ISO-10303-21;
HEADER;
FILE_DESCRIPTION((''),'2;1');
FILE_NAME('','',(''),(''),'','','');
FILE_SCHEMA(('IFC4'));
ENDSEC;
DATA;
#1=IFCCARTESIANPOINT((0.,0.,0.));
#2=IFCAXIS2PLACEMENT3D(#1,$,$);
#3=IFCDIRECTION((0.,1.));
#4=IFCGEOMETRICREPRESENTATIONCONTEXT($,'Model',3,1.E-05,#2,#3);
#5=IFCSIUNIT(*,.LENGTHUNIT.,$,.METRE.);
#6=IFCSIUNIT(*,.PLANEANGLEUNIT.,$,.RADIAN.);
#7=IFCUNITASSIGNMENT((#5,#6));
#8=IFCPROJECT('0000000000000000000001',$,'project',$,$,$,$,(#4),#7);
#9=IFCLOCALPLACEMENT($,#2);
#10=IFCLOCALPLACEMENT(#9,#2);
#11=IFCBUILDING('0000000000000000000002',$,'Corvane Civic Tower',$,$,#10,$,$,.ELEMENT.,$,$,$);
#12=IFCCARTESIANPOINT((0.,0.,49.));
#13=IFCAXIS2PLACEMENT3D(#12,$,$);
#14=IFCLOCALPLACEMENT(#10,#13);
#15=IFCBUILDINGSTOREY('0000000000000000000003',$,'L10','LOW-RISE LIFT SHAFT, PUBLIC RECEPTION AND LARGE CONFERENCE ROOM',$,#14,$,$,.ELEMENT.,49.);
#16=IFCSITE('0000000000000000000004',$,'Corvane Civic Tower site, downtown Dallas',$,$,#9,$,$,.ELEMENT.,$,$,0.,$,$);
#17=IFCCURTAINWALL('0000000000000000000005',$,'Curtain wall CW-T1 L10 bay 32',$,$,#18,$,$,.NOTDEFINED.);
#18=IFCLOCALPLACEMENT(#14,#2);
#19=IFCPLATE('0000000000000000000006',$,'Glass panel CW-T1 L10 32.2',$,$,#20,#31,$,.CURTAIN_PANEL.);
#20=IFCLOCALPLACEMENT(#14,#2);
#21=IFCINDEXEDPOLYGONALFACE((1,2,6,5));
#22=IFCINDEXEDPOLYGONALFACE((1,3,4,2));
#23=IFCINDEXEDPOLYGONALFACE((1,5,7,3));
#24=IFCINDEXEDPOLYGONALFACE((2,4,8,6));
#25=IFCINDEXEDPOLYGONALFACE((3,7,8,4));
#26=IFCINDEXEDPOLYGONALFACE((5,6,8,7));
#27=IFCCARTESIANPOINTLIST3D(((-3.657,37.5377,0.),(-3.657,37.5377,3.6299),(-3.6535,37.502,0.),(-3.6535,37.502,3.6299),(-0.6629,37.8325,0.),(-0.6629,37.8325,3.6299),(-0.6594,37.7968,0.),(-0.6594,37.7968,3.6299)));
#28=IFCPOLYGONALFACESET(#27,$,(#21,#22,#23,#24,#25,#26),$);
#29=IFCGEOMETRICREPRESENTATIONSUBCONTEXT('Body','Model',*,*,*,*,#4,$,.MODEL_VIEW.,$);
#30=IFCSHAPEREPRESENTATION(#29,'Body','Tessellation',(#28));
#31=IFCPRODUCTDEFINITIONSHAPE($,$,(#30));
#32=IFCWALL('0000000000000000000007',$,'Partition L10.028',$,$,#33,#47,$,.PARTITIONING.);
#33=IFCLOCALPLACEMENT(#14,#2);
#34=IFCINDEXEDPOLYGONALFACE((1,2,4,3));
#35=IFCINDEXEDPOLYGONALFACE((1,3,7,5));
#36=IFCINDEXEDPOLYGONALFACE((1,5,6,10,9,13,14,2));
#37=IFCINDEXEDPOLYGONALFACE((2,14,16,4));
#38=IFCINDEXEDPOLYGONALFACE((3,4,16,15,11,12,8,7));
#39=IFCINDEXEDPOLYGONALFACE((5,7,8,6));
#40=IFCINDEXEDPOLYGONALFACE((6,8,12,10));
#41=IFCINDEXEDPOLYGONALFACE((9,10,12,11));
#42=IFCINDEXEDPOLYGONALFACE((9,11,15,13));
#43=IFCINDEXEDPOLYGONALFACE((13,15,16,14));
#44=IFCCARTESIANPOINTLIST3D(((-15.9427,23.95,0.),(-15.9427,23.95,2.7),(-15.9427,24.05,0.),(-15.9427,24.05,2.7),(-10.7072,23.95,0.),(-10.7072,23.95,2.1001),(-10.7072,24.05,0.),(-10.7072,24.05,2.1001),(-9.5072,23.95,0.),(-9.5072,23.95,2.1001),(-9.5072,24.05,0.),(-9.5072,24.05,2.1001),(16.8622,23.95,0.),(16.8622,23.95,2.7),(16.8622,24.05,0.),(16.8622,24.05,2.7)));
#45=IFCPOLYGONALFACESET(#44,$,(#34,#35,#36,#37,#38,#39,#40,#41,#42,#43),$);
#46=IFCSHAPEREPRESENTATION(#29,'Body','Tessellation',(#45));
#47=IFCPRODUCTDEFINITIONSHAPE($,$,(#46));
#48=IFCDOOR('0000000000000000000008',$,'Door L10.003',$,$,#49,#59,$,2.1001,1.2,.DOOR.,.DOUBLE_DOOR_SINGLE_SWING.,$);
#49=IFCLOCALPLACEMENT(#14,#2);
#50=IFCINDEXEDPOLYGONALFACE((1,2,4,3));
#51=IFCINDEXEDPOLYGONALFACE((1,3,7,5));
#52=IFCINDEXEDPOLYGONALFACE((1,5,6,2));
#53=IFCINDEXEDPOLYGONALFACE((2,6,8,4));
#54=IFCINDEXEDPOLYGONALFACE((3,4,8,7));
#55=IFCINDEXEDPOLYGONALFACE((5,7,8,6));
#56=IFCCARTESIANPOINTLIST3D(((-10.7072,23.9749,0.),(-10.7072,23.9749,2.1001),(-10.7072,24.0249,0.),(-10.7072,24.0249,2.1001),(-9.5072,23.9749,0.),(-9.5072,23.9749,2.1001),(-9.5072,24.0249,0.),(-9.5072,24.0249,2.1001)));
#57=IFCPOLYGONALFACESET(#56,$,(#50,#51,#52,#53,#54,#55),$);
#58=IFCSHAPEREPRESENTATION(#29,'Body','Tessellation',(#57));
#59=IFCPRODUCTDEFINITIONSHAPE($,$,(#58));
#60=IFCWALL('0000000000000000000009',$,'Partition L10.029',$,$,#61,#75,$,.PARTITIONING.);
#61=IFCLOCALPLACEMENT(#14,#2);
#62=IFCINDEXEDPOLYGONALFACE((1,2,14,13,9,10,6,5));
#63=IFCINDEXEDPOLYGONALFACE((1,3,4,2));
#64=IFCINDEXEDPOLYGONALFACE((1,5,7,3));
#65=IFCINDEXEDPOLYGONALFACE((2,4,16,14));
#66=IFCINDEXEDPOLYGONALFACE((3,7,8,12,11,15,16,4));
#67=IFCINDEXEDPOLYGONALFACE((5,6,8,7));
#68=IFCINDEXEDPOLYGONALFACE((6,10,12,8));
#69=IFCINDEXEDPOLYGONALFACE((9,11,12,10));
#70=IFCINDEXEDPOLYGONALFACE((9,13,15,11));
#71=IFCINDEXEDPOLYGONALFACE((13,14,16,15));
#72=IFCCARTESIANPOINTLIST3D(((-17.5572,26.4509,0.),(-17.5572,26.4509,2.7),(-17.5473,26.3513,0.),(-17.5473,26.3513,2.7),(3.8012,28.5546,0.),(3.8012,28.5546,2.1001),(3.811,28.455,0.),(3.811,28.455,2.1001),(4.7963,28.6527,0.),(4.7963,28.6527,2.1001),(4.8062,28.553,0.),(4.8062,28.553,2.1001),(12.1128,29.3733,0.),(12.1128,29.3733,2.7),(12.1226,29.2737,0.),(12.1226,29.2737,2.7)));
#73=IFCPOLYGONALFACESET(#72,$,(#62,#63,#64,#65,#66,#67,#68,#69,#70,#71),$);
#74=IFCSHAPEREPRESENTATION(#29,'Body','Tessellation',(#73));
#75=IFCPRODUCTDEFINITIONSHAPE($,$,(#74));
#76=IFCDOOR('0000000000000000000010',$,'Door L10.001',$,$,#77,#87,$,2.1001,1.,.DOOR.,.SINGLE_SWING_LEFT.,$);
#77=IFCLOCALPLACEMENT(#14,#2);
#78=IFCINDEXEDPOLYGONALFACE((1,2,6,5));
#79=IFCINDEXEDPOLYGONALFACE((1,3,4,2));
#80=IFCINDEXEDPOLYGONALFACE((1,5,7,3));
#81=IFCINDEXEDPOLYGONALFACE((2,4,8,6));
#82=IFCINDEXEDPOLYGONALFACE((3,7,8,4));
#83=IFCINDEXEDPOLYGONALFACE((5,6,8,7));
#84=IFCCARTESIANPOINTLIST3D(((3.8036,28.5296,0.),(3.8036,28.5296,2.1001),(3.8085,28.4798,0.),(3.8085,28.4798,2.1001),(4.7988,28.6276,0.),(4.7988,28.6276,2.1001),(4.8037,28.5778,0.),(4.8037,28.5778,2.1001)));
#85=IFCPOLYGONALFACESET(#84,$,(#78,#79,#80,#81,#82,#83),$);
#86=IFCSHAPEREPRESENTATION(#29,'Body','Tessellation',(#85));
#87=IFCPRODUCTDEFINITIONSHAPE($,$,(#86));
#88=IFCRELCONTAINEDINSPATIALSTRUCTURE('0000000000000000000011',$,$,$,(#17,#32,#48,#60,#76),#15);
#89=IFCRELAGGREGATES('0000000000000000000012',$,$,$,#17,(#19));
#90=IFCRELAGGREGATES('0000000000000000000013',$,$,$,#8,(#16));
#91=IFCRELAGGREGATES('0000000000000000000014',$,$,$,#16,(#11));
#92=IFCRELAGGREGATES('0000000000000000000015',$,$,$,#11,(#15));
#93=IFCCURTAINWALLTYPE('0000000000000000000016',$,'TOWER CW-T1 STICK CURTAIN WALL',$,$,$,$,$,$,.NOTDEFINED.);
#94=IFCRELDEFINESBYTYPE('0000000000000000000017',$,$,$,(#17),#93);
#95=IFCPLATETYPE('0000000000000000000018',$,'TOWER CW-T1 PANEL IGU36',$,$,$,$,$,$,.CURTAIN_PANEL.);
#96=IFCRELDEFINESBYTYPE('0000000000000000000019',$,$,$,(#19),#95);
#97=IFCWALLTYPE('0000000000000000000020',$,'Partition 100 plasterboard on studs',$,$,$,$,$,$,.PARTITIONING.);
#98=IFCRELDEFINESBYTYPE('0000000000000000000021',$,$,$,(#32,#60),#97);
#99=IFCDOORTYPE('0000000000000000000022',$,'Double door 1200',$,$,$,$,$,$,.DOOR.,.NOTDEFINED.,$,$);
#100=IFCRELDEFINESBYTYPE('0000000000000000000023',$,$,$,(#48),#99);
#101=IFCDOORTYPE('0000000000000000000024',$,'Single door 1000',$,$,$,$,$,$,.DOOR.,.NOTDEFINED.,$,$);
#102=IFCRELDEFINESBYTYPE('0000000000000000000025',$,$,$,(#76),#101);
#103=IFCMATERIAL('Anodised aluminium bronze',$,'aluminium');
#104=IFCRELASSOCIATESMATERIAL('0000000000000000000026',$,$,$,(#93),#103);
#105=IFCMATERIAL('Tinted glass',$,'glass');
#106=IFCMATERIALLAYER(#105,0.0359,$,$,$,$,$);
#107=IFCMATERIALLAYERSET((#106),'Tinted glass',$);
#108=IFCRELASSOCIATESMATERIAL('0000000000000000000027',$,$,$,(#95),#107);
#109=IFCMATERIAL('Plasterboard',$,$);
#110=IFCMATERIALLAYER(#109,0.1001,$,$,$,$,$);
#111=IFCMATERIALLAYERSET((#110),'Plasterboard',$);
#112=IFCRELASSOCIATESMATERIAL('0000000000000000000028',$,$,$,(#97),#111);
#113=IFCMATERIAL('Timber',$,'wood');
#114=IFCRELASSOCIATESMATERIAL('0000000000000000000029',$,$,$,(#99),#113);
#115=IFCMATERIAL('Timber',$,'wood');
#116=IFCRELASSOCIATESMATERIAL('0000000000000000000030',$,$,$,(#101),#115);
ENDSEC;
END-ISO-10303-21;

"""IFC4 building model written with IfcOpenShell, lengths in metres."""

from ifc_helpers import new_model, si_unit, direction, frame, frame_2d, origin, origin_2d, place, context, subcontext, project, spatial, rectangle, extrude, material, layer, layer_set, type_object, element, fill, aggregate, save


model = new_model("IFC4")

# Units and contexts
model_context = context("Model", 3, precision=1e-05, world=origin(), true_north=direction((0.0, 1.0)))
body_context = subcontext(model_context, "Body", "Model", "MODEL_VIEW")
ifc_project = project(units=[si_unit("LENGTHUNIT", "METRE"), si_unit("PLANEANGLEUNIT", "RADIAN")], contexts=[model_context])

# Site, building, storey
site_placement = place(None, origin())
site = spatial("IfcSite", under=ifc_project, at=site_placement, Name="Corvane Civic Tower site, downtown Dallas", CompositionType="ELEMENT", RefElevation=0.0)
building_placement = place(site_placement, origin())
building = spatial("IfcBuilding", under=site, at=building_placement, Name="Corvane Civic Tower", CompositionType="ELEMENT")
storey_placement = place(building_placement, frame((0.0, 0.0, 49.0)))
storey = spatial("IfcBuildingStorey", under=building, at=storey_placement, Name="L10", Description="LOW-RISE LIFT SHAFT, PUBLIC RECEPTION AND LARGE CONFERENCE ROOM", CompositionType="ELEMENT", Elevation=49.0)

# Shared definitions
ifc_material_1 = material(Name="Anodised aluminium bronze", Category="aluminium")
curtain_wall_type = type_object("IfcCurtainWallType", Name="TOWER CW-T1 STICK CURTAIN WALL", PredefinedType="NOTDEFINED", material=ifc_material_1)

# Curtain wall
curtain_wall_1_placement = place(storey_placement, origin())
curtain_wall_1 = element("IfcCurtainWall", 1, at=curtain_wall_1_placement, inside=storey, type_object=curtain_wall_type, Name="Curtain wall CW-T1 L10 bay 32", PredefinedType="NOTDEFINED")

# Plate
ifc_material_2 = material(Name="Tinted glass", Category="glass")
ifc_layer_1 = layer(ifc_material_2, 0.0359)
ifc_layer_set_1 = layer_set([ifc_layer_1], Name="Tinted glass")
plate_type = type_object("IfcPlateType", Name="TOWER CW-T1 PANEL IGU36", PredefinedType="CURTAIN_PANEL", material=ifc_layer_set_1)
plate_1_placement = place(storey_placement, frame((-2.1582, 37.6672, 0.0), z_axis=(0.0, 0.0, 1.0), x_axis=(0.995186, 0.098006, 0.0)))
plate_1 = element("IfcPlate", 2, at=plate_1_placement, type_object=plate_type, Name="Glass panel CW-T1 L10 32.2", PredefinedType="CURTAIN_PANEL", context=body_context, shape_type="SweptSolid", body=[
    extrude(rectangle(XDim=3.0085, YDim=0.0359, at=origin_2d()), origin(), (0.0, 0.0, 1.0), 3.6299),
])
aggregate(curtain_wall_1, [plate_1])

# Walls, openings, doors
ifc_material_3 = material(Name="Plasterboard")
ifc_layer_2 = layer(ifc_material_3, 0.1001)
ifc_layer_set_2 = layer_set([ifc_layer_2], Name="Plasterboard")
wall_type = type_object("IfcWallType", Name="Partition 100 plasterboard on studs", PredefinedType="PARTITIONING", material=ifc_layer_set_2)
wall_1_placement = place(storey_placement, frame((-15.9426, 24.0, 0.0), z_axis=(0.0, 0.0, 1.0), x_axis=(1.0, 0.0, 0.0)))
wall_1 = element("IfcWall", 3, at=wall_1_placement, inside=storey, type_object=wall_type, Name="Partition L10.028", PredefinedType="PARTITIONING", context=body_context, shape_type="SweptSolid", body=[
    extrude(rectangle(XDim=32.8049, YDim=0.1001, at=frame_2d((16.4023, 0.0))), origin(), (0.0, 0.0, 1.0), 2.7),
])
opening_1_placement = place(wall_1_placement, frame((5.2354, 0.0, 0.0)))
opening_1 = element("IfcOpeningElement", 4, at=opening_1_placement, cuts=wall_1, PredefinedType="OPENING", context=body_context, shape_type="SweptSolid", body=[
    extrude(rectangle(XDim=1.2, YDim=2.1001, at=frame_2d((0.6001, 1.05))), frame((0.0, 0.0601, 0.0), z_axis=(0.0, -1.0, 0.0), x_axis=(1.0, 0.0, 0.0)), (0.0, 0.0, 1.0), 0.1201),
])
ifc_material_4 = material(Name="Timber", Category="wood")
door_type_1 = type_object("IfcDoorType", Name="Double door 1200", OperationType="NOTDEFINED", PredefinedType="DOOR", material=ifc_material_4)
door_1_placement = place(opening_1_placement, origin())
door_1 = element("IfcDoor", 5, at=door_1_placement, inside=storey, type_object=door_type_1, Name="Door L10.003", OperationType="DOUBLE_DOOR_SINGLE_SWING", OverallHeight=2.1001, OverallWidth=1.2, PredefinedType="DOOR", context=body_context, shape_type="SweptSolid", body=[
    extrude(rectangle(XDim=1.2, YDim=2.1001, at=frame_2d((0.6001, 1.05))), frame((0.0, 0.0249, 0.0), z_axis=(0.0, -1.0, 0.0), x_axis=(1.0, 0.0, 0.0)), (0.0, 0.0, 1.0), 0.05),
])
fill(opening_1, door_1)
wall_2_placement = place(storey_placement, frame((-17.5522, 26.4011, 0.0), z_axis=(0.0, 0.0, 1.0), x_axis=(0.995184, 0.098021, 0.0)))
wall_2 = element("IfcWall", 6, at=wall_2_placement, inside=storey, type_object=wall_type, Name="Partition L10.029", PredefinedType="PARTITIONING", context=body_context, shape_type="SweptSolid", body=[
    extrude(rectangle(XDim=29.8135, YDim=0.1001, at=frame_2d((14.9067, 0.0))), origin(), (0.0, 0.0, 1.0), 2.7),
])
opening_2_placement = place(wall_2_placement, frame((21.4617, 0.0, 0.0)))
opening_2 = element("IfcOpeningElement", 7, at=opening_2_placement, cuts=wall_2, PredefinedType="OPENING", context=body_context, shape_type="SweptSolid", body=[
    extrude(rectangle(XDim=1.0, YDim=2.1001, at=frame_2d((0.5, 1.05))), frame((0.0, 0.0601, 0.0), z_axis=(0.0, -1.0, 0.0), x_axis=(1.0, 0.0, 0.0)), (0.0, 0.0, 1.0), 0.1201),
])
ifc_material_5 = material(Name="Timber", Category="wood")
door_type_2 = type_object("IfcDoorType", Name="Single door 1000", OperationType="NOTDEFINED", PredefinedType="DOOR", material=ifc_material_5)
door_2_placement = place(opening_2_placement, origin())
door_2 = element("IfcDoor", 8, at=door_2_placement, inside=storey, type_object=door_type_2, Name="Door L10.001", OperationType="SINGLE_SWING_LEFT", OverallHeight=2.1001, OverallWidth=1.0, PredefinedType="DOOR", context=body_context, shape_type="SweptSolid", body=[
    extrude(rectangle(XDim=1.0, YDim=2.1001, at=frame_2d((0.5, 1.05))), frame((0.0, 0.0249, 0.0), z_axis=(0.0, -1.0, 0.0), x_axis=(1.0, 0.0, 0.0)), (0.0, 0.0, 1.0), 0.05),
])
fill(opening_2, door_2)

save(model, "model.ifc")
